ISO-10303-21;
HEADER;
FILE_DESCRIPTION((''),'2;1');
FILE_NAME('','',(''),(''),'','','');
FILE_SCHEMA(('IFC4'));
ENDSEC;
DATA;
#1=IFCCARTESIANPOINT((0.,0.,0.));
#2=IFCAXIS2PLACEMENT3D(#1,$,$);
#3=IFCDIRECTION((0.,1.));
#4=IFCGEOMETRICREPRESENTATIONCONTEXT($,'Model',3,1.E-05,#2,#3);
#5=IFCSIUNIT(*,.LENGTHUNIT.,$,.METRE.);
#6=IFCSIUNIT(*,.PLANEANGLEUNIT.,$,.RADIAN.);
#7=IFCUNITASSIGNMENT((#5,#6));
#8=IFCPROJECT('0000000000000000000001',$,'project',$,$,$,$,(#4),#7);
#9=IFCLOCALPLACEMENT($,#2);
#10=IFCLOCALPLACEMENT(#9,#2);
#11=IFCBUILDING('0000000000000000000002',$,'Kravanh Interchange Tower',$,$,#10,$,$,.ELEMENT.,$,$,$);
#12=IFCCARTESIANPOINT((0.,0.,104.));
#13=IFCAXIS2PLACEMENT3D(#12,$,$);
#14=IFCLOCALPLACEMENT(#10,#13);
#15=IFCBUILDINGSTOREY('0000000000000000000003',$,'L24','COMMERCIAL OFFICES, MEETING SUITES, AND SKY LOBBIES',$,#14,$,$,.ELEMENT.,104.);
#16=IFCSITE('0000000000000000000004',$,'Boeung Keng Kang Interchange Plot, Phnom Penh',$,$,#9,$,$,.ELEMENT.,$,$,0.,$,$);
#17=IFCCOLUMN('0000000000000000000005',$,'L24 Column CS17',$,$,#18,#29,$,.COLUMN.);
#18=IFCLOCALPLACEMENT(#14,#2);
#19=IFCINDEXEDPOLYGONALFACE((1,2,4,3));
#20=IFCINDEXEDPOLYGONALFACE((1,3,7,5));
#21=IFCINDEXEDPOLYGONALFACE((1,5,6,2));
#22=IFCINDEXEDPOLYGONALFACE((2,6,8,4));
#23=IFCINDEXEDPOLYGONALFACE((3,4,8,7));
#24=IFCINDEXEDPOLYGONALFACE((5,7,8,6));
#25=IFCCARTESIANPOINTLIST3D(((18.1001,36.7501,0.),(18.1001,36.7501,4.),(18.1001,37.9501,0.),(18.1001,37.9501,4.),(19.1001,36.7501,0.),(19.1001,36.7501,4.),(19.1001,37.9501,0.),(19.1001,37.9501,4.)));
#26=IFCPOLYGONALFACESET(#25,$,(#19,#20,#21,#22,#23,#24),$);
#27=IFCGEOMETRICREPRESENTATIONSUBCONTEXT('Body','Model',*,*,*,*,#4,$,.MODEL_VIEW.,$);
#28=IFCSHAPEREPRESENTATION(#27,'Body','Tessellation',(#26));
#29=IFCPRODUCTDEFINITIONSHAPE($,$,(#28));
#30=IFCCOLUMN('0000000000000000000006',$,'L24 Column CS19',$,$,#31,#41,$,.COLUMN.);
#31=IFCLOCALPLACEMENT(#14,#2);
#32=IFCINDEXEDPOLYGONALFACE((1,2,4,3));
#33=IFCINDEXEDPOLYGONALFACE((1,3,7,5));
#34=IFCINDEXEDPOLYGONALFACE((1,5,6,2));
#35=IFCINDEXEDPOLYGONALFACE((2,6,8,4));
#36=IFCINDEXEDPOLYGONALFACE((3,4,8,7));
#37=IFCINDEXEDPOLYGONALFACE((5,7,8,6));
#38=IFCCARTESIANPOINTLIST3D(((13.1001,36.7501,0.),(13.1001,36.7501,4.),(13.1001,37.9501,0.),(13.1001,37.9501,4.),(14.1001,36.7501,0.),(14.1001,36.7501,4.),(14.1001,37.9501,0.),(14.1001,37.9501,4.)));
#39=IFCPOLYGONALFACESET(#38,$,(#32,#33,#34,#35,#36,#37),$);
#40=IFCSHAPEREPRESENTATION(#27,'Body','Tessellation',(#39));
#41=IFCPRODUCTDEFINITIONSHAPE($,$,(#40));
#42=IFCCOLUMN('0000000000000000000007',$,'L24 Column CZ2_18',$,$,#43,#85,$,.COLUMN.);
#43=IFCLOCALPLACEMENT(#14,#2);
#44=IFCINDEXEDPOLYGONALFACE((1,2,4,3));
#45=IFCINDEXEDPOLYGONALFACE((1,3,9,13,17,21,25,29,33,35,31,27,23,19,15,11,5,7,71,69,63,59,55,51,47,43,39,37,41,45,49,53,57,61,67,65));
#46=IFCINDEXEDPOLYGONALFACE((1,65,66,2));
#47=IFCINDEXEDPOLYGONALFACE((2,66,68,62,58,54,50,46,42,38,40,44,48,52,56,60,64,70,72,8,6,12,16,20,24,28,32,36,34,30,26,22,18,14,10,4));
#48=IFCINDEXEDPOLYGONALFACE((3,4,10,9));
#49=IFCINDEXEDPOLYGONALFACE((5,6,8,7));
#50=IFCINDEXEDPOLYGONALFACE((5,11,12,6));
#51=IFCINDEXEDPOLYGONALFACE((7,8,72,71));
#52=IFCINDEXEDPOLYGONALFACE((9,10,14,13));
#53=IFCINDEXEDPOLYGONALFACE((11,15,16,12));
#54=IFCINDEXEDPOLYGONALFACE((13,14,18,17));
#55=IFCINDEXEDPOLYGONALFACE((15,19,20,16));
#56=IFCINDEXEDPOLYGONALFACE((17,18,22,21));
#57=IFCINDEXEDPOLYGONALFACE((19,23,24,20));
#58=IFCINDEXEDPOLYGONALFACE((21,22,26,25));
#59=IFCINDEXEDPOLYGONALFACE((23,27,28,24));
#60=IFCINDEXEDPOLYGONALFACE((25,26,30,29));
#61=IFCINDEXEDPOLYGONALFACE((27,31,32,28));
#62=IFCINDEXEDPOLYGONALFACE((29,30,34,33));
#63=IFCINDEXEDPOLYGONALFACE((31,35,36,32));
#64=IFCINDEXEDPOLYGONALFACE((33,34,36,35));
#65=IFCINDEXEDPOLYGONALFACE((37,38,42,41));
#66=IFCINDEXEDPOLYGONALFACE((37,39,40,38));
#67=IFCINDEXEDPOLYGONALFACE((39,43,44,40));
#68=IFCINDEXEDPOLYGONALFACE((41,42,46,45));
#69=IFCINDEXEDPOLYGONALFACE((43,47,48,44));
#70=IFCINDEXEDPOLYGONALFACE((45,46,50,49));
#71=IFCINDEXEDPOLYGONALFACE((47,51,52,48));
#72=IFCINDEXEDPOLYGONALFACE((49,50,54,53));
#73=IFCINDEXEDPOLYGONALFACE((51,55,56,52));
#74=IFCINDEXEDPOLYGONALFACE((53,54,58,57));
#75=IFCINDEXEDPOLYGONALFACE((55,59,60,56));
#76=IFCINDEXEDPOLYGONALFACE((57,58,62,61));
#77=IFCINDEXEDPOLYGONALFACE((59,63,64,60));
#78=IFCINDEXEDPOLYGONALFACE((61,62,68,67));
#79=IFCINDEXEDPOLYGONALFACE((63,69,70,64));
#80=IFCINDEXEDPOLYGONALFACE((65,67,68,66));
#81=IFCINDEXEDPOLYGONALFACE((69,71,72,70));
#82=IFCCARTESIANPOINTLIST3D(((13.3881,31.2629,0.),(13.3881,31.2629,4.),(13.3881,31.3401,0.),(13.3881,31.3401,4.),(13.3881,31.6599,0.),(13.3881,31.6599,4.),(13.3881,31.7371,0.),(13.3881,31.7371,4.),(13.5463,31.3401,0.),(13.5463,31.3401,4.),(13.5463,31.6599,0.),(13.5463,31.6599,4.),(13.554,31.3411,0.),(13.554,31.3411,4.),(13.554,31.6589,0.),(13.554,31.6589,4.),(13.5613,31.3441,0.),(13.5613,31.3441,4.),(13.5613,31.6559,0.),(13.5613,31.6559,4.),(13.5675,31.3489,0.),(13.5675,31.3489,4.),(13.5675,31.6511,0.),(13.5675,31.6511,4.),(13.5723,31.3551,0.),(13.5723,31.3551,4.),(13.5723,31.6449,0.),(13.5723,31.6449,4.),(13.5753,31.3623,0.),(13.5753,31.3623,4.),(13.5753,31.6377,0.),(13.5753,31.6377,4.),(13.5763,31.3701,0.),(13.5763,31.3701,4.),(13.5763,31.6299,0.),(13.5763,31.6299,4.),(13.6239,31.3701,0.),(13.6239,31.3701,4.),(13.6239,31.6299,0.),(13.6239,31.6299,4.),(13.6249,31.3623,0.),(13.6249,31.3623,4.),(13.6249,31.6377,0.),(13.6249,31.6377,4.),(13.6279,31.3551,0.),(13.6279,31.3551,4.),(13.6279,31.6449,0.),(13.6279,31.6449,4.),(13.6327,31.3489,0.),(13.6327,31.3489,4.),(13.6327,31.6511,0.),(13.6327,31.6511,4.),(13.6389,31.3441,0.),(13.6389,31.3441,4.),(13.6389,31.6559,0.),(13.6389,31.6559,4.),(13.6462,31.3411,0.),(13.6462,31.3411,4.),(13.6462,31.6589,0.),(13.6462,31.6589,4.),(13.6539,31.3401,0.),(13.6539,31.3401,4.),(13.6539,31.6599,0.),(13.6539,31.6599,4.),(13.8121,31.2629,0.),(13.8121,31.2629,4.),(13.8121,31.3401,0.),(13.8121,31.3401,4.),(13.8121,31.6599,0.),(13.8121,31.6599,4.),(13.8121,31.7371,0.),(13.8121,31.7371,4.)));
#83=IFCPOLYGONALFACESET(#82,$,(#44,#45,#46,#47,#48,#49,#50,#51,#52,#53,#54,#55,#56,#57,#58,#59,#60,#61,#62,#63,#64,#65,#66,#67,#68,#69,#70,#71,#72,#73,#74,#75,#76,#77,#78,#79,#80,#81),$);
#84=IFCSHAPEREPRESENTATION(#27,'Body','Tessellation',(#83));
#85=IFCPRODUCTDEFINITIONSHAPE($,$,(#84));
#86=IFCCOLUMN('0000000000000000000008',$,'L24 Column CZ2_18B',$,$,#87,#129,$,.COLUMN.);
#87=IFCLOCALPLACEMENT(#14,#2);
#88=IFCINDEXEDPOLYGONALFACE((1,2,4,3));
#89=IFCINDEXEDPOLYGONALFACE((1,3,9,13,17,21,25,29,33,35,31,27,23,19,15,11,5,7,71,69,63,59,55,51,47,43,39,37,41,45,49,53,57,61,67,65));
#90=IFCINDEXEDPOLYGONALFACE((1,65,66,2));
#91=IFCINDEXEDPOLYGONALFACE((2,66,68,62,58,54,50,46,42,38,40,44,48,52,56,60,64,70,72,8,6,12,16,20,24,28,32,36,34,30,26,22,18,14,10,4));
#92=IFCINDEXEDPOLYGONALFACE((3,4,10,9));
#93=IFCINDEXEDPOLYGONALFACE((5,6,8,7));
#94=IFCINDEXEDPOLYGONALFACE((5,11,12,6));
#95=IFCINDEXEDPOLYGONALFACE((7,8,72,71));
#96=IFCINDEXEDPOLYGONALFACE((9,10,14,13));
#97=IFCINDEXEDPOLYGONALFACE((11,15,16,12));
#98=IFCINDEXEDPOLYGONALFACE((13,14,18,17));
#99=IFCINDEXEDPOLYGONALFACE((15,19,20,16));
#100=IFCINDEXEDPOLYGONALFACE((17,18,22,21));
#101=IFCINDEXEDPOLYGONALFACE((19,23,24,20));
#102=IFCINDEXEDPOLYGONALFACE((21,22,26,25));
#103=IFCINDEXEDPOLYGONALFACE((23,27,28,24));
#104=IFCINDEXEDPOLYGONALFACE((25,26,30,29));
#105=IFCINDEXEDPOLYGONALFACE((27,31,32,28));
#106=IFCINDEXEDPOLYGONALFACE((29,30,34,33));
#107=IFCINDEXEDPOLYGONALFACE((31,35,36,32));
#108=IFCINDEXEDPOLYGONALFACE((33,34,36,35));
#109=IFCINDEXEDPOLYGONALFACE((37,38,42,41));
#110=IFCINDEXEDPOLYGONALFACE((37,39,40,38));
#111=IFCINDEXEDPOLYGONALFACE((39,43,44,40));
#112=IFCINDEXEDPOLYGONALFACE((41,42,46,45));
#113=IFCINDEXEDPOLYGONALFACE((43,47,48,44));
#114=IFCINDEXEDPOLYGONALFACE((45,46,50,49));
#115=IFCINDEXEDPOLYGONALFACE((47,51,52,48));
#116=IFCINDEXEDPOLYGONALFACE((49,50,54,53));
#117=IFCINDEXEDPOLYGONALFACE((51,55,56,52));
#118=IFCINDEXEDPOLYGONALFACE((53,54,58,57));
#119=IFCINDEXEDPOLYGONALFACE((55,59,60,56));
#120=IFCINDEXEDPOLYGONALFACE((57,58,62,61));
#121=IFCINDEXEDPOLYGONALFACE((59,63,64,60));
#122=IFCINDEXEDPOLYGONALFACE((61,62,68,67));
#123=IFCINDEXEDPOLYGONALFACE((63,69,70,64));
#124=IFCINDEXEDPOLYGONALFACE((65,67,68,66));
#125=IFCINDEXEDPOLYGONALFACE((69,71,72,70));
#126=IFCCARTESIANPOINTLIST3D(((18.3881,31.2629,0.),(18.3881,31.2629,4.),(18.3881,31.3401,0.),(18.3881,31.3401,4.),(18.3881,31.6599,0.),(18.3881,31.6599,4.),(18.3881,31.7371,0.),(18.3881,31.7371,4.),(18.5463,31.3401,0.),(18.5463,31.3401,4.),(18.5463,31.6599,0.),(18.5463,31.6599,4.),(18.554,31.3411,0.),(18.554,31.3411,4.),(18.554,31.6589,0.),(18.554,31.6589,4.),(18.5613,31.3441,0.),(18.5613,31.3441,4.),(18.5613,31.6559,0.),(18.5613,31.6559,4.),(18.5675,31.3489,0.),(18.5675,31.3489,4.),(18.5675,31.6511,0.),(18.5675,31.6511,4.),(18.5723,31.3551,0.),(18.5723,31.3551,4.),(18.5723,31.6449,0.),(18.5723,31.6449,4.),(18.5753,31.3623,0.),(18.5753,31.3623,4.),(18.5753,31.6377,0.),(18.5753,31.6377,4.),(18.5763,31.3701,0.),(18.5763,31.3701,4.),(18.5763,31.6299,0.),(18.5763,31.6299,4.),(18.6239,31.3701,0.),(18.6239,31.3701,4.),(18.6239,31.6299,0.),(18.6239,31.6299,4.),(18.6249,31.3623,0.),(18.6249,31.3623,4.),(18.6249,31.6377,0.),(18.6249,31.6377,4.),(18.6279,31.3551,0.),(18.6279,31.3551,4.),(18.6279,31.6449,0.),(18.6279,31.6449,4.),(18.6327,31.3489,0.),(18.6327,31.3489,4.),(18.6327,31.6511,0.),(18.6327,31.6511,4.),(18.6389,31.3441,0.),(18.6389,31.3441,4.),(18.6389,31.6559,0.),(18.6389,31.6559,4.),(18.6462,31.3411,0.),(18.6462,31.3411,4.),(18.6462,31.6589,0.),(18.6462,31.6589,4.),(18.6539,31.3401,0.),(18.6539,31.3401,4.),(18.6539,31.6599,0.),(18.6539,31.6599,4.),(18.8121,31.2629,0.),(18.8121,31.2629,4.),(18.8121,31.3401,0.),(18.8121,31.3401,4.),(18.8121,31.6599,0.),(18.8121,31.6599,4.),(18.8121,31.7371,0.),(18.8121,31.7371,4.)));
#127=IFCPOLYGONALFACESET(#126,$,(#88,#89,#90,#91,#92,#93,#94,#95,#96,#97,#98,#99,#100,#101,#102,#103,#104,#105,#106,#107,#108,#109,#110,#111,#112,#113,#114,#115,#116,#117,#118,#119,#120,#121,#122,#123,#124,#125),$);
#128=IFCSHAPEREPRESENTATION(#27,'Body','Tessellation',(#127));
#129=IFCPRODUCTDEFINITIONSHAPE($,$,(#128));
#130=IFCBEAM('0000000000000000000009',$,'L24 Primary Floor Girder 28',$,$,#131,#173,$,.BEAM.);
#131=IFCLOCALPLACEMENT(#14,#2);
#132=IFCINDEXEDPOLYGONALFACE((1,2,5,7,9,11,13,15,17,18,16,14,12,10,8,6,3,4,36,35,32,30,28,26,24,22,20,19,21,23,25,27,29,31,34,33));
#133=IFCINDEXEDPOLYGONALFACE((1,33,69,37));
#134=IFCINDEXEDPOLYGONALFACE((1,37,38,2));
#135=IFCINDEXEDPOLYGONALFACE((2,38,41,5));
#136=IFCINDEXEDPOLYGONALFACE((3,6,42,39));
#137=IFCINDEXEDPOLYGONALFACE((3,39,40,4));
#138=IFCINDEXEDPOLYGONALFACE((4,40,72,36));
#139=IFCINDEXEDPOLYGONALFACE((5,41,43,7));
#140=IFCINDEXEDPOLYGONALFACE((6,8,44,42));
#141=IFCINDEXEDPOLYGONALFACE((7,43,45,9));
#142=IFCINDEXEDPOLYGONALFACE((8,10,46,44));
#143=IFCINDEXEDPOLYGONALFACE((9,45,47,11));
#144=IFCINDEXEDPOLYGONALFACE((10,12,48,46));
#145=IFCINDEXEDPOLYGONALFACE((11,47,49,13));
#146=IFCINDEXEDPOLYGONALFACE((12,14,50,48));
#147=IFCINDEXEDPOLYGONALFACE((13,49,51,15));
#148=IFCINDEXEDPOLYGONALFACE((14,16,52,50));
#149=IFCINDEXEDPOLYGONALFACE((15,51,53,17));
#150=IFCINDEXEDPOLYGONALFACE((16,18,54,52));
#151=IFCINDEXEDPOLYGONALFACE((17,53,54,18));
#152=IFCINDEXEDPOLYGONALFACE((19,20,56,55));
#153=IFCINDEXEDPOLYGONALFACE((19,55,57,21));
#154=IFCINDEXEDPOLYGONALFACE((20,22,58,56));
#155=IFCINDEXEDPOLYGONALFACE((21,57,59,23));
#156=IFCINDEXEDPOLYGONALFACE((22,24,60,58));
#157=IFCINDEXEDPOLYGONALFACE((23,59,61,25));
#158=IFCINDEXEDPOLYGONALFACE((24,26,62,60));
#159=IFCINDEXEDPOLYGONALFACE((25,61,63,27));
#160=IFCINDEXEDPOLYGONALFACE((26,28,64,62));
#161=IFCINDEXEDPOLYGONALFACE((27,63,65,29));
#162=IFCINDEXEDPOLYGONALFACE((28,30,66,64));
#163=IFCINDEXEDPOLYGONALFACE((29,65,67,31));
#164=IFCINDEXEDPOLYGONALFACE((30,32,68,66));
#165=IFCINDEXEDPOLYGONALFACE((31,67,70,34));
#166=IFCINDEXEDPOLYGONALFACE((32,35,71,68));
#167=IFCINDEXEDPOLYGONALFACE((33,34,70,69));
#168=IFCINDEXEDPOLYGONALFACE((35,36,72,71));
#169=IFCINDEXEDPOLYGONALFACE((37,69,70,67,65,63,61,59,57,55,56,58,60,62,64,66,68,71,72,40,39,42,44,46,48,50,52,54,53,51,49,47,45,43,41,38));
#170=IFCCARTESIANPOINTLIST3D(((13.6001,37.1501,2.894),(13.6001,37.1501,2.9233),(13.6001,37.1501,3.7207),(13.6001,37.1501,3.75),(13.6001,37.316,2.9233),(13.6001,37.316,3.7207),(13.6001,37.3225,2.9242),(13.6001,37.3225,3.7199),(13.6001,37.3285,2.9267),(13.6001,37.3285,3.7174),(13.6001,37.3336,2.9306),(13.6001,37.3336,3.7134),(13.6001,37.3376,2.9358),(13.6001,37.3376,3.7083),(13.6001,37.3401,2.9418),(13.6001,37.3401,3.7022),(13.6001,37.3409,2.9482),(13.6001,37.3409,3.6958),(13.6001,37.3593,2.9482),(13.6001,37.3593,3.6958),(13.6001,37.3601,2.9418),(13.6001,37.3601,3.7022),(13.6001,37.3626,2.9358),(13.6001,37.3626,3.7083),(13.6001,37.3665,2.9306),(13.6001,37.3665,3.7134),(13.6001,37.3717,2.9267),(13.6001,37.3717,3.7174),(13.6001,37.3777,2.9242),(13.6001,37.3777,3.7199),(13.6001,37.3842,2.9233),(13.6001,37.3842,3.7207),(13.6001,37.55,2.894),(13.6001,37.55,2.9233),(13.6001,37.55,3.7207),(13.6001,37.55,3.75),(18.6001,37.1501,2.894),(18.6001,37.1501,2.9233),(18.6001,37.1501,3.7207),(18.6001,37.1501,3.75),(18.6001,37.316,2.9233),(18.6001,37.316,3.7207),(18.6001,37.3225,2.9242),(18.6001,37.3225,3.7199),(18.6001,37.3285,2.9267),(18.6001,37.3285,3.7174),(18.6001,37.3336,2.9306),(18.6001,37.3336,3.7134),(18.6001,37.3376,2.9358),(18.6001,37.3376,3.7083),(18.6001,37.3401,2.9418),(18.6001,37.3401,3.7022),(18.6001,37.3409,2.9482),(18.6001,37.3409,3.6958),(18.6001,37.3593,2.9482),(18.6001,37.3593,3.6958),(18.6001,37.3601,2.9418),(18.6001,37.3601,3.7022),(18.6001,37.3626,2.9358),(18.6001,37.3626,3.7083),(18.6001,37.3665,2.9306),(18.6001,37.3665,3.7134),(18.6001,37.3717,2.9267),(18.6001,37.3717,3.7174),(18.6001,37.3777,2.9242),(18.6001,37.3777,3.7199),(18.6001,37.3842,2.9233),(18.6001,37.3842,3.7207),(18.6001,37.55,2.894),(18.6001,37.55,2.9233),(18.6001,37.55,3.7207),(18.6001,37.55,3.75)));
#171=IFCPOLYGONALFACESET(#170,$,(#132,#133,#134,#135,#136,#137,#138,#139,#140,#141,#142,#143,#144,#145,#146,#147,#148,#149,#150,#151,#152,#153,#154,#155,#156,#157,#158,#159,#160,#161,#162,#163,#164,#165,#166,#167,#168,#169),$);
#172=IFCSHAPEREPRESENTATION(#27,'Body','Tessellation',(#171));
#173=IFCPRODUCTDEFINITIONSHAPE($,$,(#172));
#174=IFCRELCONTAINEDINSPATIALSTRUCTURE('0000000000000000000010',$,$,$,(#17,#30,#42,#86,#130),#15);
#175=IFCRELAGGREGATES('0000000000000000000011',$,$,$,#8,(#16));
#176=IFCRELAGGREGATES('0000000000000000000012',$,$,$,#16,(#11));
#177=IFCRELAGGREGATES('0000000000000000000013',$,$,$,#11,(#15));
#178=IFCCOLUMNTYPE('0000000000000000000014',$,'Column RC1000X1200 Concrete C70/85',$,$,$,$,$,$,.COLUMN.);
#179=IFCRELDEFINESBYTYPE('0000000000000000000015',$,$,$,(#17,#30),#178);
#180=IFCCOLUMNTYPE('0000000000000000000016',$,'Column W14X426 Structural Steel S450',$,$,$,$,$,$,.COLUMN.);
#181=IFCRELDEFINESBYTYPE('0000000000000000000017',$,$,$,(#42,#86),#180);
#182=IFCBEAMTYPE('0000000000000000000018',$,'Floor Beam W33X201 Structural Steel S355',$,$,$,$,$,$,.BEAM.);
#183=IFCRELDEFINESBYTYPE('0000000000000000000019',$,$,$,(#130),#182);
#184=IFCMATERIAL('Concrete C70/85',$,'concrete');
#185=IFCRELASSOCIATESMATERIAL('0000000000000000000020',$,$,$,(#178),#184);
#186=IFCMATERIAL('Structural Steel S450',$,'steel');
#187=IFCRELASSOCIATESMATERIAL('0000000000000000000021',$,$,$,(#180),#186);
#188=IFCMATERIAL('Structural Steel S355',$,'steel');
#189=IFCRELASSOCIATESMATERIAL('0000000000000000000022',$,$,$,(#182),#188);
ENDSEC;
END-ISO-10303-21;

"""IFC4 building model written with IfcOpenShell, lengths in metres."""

from ifc_helpers import new_model, si_unit, direction, frame, origin, origin_2d, place, context, subcontext, project, spatial, rectangle, i_section, extrude, material, material_profile, profile_set, type_object, element, save


model = new_model("IFC4")

# Units and contexts
model_context = context("Model", 3, precision=1e-05, world=origin(), true_north=direction((0.0, 1.0)))
body_context = subcontext(model_context, "Body", "Model", "MODEL_VIEW")
ifc_project = project(units=[si_unit("LENGTHUNIT", "METRE"), si_unit("PLANEANGLEUNIT", "RADIAN")], contexts=[model_context])

# Site, building, storey
site_placement = place(None, origin())
site = spatial("IfcSite", under=ifc_project, at=site_placement, Name="Boeung Keng Kang Interchange Plot, Phnom Penh", CompositionType="ELEMENT", RefElevation=0.0)
building_placement = place(site_placement, origin())
building = spatial("IfcBuilding", under=site, at=building_placement, Name="Kravanh Interchange Tower", CompositionType="ELEMENT")
storey_placement = place(building_placement, frame((0.0, 0.0, 104.0)))
storey = spatial("IfcBuildingStorey", under=building, at=storey_placement, Name="L24", Description="COMMERCIAL OFFICES, MEETING SUITES, AND SKY LOBBIES", CompositionType="ELEMENT", Elevation=104.0)

# Columns
ifc_material_1 = material(Name="Concrete C70/85", Category="concrete")
ifc_material_profile_1 = material_profile(ifc_material_1, rectangle(XDim=1.0, YDim=1.2, at=origin_2d()), Name="RC1000X1200")
ifc_profile_set_1 = profile_set([ifc_material_profile_1], Name="Concrete C70/85")
column_type_1 = type_object("IfcColumnType", Name="Column RC1000X1200 Concrete C70/85", PredefinedType="COLUMN", material=ifc_profile_set_1)
for number, where, z_axis, x_axis, name in (
    (1, (18.6001, 37.3501, 0.0), (0.0, 0.0, 1.0), (1.0, 0.0, 0.0), "L24 Column CS17"),
    (2, (13.6001, 37.3501, 0.0), (0.0, 0.0, 1.0), (1.0, 0.0, 0.0), "L24 Column CS19"),
):
    element("IfcColumn", number, at=place(storey_placement, frame(where, z_axis=z_axis, x_axis=x_axis)), inside=storey, type_object=column_type_1, Name=name, PredefinedType="COLUMN", context=body_context, shape_type="SweptSolid", body=[
        extrude(rectangle(XDim=1.0, YDim=1.2, at=origin_2d()), origin(), (0.0, 0.0, 1.0), 4.0),
    ])
ifc_material_2 = material(Name="Structural Steel S450", Category="steel")
ifc_material_profile_2 = material_profile(ifc_material_2, i_section(OverallWidth=0.4241, OverallDepth=0.4741, WebThickness=0.0476, FlangeThickness=0.0771, FilletRadius=0.03, at=origin_2d()), Name="W14X426")
ifc_profile_set_2 = profile_set([ifc_material_profile_2], Name="Structural Steel S450")
column_type_2 = type_object("IfcColumnType", Name="Column W14X426 Structural Steel S450", PredefinedType="COLUMN", material=ifc_profile_set_2)
for number, where, z_axis, x_axis, name in (
    (3, (13.6001, 31.5, 0.0), (0.0, 0.0, 1.0), (1.0, 0.0, 0.0), "L24 Column CZ2_18"),
    (4, (18.6001, 31.5, 0.0), (0.0, 0.0, 1.0), (1.0, 0.0, 0.0), "L24 Column CZ2_18B"),
):
    element("IfcColumn", number, at=place(storey_placement, frame(where, z_axis=z_axis, x_axis=x_axis)), inside=storey, type_object=column_type_2, Name=name, PredefinedType="COLUMN", context=body_context, shape_type="SweptSolid", body=[
        extrude(i_section(OverallWidth=0.4241, OverallDepth=0.4741, WebThickness=0.0476, FlangeThickness=0.0771, FilletRadius=0.03, at=origin_2d()), origin(), (0.0, 0.0, 1.0), 4.0),
    ])

# Beam
ifc_material_3 = material(Name="Structural Steel S355", Category="steel")
ifc_material_profile_3 = material_profile(ifc_material_3, i_section(OverallWidth=0.3999, OverallDepth=0.856, WebThickness=0.0183, FlangeThickness=0.0293, FilletRadius=0.0249, at=origin_2d()), Name="W33X201")
ifc_profile_set_3 = profile_set([ifc_material_profile_3], Name="Structural Steel S355")
beam_type_1 = type_object("IfcBeamType", Name="Floor Beam W33X201 Structural Steel S355", PredefinedType="BEAM", material=ifc_profile_set_3)
beam_1_placement = place(storey_placement, frame((18.6001, 37.3501, 3.322), z_axis=(-1.0, 0.0, 0.0), x_axis=(0.0, -1.0, 0.0)))
element("IfcBeam", 5, at=beam_1_placement, inside=storey, type_object=beam_type_1, Name="L24 Primary Floor Girder 28", PredefinedType="BEAM", context=body_context, shape_type="SweptSolid", body=[
    extrude(i_section(OverallWidth=0.3999, OverallDepth=0.856, WebThickness=0.0183, FlangeThickness=0.0293, FilletRadius=0.0249, at=origin_2d()), origin(), (0.0, 0.0, 1.0), 5.0),
])

save(model, "model.ifc")
